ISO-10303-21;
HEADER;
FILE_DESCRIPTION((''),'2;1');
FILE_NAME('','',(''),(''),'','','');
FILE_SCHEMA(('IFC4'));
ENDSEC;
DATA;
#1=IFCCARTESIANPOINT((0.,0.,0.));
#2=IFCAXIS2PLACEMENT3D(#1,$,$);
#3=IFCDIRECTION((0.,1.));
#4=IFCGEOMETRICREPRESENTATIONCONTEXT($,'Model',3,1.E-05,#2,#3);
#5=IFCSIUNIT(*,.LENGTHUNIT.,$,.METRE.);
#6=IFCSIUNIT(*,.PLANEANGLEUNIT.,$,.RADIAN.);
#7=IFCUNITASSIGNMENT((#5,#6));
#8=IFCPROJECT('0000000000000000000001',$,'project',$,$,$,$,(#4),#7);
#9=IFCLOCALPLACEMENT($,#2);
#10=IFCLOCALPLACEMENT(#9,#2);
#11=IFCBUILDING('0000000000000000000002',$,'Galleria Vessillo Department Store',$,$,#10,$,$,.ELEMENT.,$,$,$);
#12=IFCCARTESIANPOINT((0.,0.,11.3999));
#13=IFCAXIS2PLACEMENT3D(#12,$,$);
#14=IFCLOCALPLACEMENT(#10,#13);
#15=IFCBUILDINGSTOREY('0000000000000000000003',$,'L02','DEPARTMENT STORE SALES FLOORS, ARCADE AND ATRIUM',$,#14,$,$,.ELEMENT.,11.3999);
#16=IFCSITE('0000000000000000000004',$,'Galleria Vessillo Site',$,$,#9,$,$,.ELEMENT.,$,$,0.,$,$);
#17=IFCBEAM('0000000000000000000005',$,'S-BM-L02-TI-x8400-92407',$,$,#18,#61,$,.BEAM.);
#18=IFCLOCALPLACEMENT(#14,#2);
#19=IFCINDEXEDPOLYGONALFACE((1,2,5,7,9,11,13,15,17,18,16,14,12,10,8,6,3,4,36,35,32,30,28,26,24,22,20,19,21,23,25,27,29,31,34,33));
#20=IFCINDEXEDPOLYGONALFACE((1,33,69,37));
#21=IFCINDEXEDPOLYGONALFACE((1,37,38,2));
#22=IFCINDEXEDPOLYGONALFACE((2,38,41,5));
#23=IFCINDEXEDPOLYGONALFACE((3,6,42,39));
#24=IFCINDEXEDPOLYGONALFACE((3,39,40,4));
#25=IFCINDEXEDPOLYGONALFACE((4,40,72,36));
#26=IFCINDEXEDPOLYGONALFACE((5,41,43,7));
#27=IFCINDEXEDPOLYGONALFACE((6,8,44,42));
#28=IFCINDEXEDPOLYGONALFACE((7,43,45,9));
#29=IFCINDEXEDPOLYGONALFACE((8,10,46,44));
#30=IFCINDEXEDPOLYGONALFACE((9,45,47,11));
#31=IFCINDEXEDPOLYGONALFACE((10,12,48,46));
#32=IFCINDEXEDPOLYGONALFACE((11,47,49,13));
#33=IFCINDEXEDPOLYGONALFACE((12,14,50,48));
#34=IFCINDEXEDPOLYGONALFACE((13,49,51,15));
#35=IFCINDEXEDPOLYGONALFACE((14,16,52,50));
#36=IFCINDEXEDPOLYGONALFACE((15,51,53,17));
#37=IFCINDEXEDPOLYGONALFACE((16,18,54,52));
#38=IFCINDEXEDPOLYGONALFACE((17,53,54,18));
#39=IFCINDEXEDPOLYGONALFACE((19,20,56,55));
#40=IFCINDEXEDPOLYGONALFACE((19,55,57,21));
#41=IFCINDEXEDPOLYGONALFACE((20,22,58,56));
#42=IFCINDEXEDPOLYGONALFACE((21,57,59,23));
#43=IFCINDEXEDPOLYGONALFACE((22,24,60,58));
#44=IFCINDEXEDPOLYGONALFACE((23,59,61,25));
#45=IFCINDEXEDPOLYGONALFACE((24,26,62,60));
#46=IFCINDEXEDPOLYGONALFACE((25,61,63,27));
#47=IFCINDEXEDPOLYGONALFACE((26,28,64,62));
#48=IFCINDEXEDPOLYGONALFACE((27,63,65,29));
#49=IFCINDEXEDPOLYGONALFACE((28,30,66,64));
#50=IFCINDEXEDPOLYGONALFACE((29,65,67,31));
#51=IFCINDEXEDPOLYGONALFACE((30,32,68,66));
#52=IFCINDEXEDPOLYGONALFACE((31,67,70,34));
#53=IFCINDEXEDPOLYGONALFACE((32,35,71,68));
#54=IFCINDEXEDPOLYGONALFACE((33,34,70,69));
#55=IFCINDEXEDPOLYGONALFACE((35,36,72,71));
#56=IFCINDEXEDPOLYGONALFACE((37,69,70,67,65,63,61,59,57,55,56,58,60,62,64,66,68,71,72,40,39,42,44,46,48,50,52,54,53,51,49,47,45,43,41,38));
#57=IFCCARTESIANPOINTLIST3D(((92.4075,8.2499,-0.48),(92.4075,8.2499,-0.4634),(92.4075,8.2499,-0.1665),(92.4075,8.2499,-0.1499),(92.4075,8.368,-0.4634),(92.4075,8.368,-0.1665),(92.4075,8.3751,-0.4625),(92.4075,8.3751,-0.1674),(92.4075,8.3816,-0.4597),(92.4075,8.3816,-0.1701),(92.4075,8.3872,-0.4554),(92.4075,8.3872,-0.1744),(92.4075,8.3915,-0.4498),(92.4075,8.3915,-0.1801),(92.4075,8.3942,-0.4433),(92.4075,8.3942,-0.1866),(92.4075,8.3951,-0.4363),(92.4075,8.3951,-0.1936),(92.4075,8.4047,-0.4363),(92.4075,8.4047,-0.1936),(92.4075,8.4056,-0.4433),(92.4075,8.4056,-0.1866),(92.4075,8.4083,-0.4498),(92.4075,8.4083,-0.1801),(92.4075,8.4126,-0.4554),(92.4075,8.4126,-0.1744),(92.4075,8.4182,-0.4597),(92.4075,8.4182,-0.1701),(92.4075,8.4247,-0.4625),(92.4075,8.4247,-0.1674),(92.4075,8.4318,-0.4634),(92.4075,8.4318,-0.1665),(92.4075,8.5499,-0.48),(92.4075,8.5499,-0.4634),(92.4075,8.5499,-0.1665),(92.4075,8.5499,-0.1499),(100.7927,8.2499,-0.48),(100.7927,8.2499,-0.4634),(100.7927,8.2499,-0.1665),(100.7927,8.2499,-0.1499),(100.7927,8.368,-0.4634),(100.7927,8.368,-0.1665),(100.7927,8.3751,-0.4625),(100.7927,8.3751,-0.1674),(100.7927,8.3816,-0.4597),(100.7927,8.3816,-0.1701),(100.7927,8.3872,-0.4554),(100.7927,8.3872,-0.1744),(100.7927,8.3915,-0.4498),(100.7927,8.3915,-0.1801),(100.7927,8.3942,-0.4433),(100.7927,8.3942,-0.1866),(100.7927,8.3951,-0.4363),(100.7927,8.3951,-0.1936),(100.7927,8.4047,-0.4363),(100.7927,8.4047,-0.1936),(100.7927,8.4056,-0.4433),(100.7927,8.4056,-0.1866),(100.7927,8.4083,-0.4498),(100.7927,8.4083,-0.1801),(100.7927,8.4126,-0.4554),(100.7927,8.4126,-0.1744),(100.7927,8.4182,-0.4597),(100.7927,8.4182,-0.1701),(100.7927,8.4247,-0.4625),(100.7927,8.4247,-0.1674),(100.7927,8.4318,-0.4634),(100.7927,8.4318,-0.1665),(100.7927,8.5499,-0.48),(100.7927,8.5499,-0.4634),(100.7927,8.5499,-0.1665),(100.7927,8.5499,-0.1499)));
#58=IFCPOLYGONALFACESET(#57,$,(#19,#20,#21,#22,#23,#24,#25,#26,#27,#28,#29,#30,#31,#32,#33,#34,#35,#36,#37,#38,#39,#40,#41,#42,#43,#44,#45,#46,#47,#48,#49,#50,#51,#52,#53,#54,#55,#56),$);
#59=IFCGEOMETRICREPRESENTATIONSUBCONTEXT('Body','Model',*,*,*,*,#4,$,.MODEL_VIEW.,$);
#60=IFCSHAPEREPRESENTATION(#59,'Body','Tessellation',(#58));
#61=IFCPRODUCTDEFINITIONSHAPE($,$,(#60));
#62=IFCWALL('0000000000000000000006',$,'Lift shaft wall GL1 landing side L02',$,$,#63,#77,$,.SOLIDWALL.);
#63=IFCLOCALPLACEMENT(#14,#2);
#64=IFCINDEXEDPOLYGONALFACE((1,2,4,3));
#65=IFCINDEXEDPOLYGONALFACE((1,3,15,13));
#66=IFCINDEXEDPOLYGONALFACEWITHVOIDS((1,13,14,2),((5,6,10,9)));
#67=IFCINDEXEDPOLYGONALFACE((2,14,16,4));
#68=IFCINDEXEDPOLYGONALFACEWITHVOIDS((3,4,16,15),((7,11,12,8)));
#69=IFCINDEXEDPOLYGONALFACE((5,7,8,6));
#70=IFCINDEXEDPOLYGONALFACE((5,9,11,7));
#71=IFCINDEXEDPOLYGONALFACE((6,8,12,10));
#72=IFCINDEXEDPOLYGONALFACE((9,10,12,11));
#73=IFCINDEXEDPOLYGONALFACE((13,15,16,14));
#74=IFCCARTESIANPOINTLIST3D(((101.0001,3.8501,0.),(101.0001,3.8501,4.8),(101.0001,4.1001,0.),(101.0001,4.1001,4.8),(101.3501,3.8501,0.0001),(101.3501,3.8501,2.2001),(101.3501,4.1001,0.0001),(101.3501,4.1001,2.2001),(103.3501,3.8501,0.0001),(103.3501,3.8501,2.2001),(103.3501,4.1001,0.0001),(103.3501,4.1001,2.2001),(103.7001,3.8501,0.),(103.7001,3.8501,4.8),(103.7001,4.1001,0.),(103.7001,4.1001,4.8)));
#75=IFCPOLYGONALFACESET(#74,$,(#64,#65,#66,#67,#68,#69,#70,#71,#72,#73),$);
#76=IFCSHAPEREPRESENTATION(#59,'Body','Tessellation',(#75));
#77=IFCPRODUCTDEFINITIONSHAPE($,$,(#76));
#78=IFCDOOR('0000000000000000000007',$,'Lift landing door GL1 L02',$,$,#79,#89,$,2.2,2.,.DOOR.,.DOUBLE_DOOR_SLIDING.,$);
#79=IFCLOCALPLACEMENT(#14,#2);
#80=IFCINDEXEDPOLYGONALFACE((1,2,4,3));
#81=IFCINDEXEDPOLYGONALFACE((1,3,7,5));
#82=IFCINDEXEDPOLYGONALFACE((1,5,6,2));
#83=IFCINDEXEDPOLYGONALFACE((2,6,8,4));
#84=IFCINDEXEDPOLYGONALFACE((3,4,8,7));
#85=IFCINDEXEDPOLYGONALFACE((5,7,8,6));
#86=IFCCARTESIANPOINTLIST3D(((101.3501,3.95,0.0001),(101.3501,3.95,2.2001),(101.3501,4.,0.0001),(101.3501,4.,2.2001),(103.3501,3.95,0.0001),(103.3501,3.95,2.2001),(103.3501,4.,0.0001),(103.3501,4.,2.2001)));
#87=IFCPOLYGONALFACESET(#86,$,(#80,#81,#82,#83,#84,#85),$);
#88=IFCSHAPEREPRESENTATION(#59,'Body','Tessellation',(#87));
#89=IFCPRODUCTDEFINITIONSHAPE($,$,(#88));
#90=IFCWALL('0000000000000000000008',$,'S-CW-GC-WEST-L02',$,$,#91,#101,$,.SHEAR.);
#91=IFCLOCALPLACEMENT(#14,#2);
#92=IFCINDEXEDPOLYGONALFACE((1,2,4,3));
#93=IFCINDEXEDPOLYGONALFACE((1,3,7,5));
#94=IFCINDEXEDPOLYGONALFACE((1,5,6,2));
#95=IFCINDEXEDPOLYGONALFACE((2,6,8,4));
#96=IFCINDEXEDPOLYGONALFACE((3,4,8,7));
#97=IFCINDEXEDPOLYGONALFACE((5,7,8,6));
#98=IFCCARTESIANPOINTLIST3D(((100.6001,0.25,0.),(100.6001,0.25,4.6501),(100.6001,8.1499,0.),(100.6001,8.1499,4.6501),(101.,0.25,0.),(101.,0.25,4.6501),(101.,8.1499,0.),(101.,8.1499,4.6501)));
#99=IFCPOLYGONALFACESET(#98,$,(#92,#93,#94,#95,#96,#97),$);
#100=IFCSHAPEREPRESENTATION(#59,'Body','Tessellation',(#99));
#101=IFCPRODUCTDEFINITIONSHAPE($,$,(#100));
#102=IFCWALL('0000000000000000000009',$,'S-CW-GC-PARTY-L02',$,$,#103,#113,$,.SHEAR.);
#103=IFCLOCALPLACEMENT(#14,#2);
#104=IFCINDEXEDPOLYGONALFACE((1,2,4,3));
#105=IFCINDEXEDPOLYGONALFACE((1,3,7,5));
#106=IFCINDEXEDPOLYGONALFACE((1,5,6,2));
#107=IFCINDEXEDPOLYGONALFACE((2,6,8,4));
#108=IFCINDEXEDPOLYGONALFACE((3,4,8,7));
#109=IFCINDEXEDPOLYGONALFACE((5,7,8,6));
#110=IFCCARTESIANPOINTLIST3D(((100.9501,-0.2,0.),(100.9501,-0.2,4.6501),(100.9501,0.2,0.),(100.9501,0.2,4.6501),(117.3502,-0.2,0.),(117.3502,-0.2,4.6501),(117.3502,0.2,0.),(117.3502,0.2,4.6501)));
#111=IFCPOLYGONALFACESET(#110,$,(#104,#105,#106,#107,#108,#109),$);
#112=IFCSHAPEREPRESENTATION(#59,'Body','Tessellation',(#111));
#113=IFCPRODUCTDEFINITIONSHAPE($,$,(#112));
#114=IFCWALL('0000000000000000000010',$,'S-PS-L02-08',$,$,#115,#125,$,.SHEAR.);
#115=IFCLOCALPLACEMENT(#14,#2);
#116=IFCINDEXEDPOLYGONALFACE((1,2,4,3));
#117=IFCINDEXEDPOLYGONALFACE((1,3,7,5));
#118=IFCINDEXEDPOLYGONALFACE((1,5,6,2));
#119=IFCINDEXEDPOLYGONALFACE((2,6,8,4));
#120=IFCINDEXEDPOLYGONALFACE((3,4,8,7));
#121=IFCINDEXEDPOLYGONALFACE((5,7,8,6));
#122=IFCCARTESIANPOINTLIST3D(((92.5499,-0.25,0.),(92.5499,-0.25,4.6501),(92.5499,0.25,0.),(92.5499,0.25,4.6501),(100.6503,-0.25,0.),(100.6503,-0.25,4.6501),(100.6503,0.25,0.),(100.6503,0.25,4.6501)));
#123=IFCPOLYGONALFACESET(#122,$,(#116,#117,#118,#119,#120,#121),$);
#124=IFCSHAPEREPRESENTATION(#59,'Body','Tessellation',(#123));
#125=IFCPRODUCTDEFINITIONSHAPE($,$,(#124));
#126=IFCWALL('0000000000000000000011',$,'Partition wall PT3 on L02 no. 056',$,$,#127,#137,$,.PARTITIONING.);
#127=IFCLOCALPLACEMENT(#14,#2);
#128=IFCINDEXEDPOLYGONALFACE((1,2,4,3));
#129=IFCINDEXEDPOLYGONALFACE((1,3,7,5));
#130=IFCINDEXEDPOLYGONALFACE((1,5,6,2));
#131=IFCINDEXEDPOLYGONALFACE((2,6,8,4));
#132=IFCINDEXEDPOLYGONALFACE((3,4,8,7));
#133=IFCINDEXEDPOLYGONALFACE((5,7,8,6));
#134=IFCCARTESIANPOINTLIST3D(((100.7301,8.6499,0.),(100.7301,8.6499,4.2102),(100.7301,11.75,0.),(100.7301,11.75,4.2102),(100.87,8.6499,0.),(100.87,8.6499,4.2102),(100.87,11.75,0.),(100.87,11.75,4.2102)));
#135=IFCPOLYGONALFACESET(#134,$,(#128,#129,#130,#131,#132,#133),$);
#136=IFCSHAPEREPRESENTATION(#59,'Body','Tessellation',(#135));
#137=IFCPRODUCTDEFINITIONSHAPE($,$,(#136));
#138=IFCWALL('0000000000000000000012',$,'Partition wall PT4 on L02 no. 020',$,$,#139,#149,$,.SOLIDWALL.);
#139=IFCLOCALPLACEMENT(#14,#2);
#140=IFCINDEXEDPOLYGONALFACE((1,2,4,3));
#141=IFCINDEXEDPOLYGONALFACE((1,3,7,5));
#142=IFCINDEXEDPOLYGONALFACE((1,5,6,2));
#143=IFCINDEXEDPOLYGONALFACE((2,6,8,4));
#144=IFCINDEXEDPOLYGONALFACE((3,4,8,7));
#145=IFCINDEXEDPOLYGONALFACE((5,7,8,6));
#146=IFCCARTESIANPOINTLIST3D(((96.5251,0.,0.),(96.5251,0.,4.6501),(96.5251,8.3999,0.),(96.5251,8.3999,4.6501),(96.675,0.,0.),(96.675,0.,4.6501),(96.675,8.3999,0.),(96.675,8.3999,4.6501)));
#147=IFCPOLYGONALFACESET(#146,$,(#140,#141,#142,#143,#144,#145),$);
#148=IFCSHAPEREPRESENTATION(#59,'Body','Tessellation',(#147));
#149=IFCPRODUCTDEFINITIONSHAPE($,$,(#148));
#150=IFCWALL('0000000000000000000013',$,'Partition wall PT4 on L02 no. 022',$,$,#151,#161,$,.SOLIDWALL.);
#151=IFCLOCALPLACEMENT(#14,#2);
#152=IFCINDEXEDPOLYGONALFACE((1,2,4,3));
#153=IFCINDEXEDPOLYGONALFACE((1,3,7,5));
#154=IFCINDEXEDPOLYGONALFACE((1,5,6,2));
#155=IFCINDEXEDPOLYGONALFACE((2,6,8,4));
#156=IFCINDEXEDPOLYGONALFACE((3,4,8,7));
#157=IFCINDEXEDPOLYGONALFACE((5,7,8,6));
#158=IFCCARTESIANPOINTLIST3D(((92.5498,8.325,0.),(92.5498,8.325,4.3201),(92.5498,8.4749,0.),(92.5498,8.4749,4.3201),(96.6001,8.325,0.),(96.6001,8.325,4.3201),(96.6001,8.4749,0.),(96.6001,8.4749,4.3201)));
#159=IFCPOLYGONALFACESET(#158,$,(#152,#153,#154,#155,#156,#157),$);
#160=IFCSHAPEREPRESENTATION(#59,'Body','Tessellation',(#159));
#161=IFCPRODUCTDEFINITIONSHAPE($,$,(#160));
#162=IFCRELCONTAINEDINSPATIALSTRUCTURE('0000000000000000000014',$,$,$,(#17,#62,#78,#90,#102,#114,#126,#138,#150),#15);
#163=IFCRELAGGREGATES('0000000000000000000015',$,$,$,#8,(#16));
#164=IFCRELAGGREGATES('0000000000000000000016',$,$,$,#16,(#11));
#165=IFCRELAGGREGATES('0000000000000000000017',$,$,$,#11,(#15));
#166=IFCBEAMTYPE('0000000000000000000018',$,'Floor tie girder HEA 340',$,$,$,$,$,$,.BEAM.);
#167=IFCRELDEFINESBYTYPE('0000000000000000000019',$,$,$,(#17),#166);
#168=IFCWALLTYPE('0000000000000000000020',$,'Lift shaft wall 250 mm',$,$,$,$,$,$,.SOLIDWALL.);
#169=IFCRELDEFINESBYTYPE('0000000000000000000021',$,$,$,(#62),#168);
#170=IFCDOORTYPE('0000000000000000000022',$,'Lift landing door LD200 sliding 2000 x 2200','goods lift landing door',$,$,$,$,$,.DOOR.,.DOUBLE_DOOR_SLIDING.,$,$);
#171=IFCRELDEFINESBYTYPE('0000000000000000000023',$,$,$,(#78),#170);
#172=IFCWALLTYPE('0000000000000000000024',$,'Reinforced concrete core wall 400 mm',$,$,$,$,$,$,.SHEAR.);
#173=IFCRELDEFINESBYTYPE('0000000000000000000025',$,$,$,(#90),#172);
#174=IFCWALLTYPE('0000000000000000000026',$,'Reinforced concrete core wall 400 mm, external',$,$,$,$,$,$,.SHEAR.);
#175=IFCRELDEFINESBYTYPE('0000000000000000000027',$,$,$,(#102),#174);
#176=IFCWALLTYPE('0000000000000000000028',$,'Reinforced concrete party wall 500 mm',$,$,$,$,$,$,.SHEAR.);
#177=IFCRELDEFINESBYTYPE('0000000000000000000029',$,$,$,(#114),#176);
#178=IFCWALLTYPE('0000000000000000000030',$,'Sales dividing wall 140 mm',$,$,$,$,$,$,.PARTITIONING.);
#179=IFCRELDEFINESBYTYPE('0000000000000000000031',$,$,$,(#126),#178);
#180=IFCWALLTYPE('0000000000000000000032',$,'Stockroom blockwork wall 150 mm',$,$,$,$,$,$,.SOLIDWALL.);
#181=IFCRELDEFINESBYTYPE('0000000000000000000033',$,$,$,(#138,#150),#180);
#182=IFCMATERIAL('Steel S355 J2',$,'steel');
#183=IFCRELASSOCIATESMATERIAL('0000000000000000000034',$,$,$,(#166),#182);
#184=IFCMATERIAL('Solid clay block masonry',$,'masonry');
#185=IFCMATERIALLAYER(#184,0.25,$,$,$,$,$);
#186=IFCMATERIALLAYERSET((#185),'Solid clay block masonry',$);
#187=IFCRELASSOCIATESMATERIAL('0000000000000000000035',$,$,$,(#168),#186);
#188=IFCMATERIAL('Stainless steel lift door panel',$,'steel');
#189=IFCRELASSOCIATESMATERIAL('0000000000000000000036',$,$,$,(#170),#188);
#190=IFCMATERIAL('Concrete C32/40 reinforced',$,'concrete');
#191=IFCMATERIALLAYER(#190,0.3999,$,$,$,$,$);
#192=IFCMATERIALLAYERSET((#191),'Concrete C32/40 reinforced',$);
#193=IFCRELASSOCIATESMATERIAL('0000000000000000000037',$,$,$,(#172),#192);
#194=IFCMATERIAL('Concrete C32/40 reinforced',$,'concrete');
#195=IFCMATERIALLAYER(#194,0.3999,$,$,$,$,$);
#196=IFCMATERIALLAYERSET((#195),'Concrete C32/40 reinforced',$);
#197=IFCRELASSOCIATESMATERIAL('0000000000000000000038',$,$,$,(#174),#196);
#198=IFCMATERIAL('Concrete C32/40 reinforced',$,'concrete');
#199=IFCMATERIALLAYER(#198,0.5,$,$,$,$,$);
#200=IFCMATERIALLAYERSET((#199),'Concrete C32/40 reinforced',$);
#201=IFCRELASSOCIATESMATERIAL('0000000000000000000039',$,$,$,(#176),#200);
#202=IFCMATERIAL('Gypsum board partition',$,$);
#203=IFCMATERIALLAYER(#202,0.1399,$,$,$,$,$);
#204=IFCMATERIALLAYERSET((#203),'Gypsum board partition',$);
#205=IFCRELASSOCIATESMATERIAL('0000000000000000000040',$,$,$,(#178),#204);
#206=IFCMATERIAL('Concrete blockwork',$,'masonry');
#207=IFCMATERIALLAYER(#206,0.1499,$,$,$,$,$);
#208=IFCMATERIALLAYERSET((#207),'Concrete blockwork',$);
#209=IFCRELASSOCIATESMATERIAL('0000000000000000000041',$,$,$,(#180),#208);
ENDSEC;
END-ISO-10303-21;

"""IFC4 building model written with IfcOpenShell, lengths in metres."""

from ifc_helpers import new_model, si_unit, direction, frame, frame_2d, origin, origin_2d, place, context, subcontext, project, spatial, rectangle, i_section, extrude, material, layer, layer_set, material_profile, profile_set, type_object, element, fill, save


model = new_model("IFC4")

# Units and contexts
model_context = context("Model", 3, precision=1e-05, world=origin(), true_north=direction((0.0, 1.0)))
body_context = subcontext(model_context, "Body", "Model", "MODEL_VIEW")
ifc_project = project(units=[si_unit("LENGTHUNIT", "METRE"), si_unit("PLANEANGLEUNIT", "RADIAN")], contexts=[model_context])

# Site, building, storey
site_placement = place(None, origin())
site = spatial("IfcSite", under=ifc_project, at=site_placement, Name="Galleria Vessillo Site", CompositionType="ELEMENT", RefElevation=0.0)
building_placement = place(site_placement, origin())
building = spatial("IfcBuilding", under=site, at=building_placement, Name="Galleria Vessillo Department Store", CompositionType="ELEMENT")
storey_placement = place(building_placement, frame((0.0, 0.0, 11.3999)))
storey = spatial("IfcBuildingStorey", under=building, at=storey_placement, Name="L02", Description="DEPARTMENT STORE SALES FLOORS, ARCADE AND ATRIUM", CompositionType="ELEMENT", Elevation=11.3999)

# Beam
ifc_material_1 = material(Name="Steel S355 J2", Category="steel")
ifc_material_profile_1 = material_profile(ifc_material_1, i_section(OverallWidth=0.3, OverallDepth=0.3301, WebThickness=0.0095, FlangeThickness=0.0166, FilletRadius=0.0271, at=origin_2d()), Name="HEA 340")
ifc_profile_set_1 = profile_set([ifc_material_profile_1], Name="Steel S355 J2")
beam_type_1 = type_object("IfcBeamType", Name="Floor tie girder HEA 340", PredefinedType="BEAM", material=ifc_profile_set_1)
beam_placement = place(storey_placement, frame((92.4075, 8.3999, -0.3149), z_axis=(1.0, 0.0, 0.0), x_axis=(0.0, 1.0, 0.0)))
element("IfcBeam", 1, at=beam_placement, inside=storey, type_object=beam_type_1, Name="S-BM-L02-TI-x8400-92407", PredefinedType="BEAM", context=body_context, shape_type="SweptSolid", body=[
    extrude(i_section(OverallWidth=0.3, OverallDepth=0.3301, WebThickness=0.0095, FlangeThickness=0.0166, FilletRadius=0.0271, at=origin_2d()), origin(), (0.0, 0.0, 1.0), 8.3853),
])

# Wall, opening, door
ifc_material_2 = material(Name="Solid clay block masonry", Category="masonry")
ifc_layer_1 = layer(ifc_material_2, 0.25)
ifc_layer_set_1 = layer_set([ifc_layer_1], Name="Solid clay block masonry")
wall_type_1 = type_object("IfcWallType", Name="Lift shaft wall 250 mm", PredefinedType="SOLIDWALL", material=ifc_layer_set_1)
wall_1_placement = place(storey_placement, frame((101.0, 3.9751, 0.0), z_axis=(0.0, 0.0, 1.0), x_axis=(1.0, 0.0, 0.0)))
wall_1 = element("IfcWall", 2, at=wall_1_placement, inside=storey, type_object=wall_type_1, Name="Lift shaft wall GL1 landing side L02", PredefinedType="SOLIDWALL", context=body_context, shape_type="SweptSolid", body=[
    extrude(rectangle(XDim=2.7, YDim=0.25, at=frame_2d((1.3501, 0.0))), origin(), (0.0, 0.0, 1.0), 4.8),
])
opening_1_placement = place(wall_1_placement, frame((0.3501, 0.0, 0.0)))
opening_1 = element("IfcOpeningElement", 3, at=opening_1_placement, cuts=wall_1, PredefinedType="OPENING", context=body_context, shape_type="SweptSolid", body=[
    extrude(rectangle(XDim=2.0, YDim=2.2, at=frame_2d((1.0, 1.1001))), frame((0.0, 0.135, 0.0), z_axis=(0.0, -1.0, 0.0), x_axis=(1.0, 0.0, 0.0)), (0.0, 0.0, 1.0), 0.27),
])
ifc_material_3 = material(Name="Stainless steel lift door panel", Category="steel")
door_type_1 = type_object("IfcDoorType", Name="Lift landing door LD200 sliding 2000 x 2200", Description="goods lift landing door", OperationType="DOUBLE_DOOR_SLIDING", PredefinedType="DOOR", material=ifc_material_3)
door_1_placement = place(opening_1_placement, origin())
door_1 = element("IfcDoor", 4, at=door_1_placement, inside=storey, type_object=door_type_1, Name="Lift landing door GL1 L02", OperationType="DOUBLE_DOOR_SLIDING", OverallHeight=2.2, OverallWidth=2.0, PredefinedType="DOOR", context=body_context, shape_type="SweptSolid", body=[
    extrude(rectangle(XDim=2.0, YDim=2.2, at=frame_2d((1.0, 1.1001))), frame((0.0, 0.0249, 0.0), z_axis=(0.0, -1.0, 0.0), x_axis=(1.0, 0.0, 0.0)), (0.0, 0.0, 1.0), 0.05),
])
fill(opening_1, door_1)

# Shared definitions
ifc_material_4 = material(Name="Concrete C32/40 reinforced", Category="concrete")
ifc_layer_2 = layer(ifc_material_4, 0.3999)
ifc_layer_set_2 = layer_set([ifc_layer_2], Name="Concrete C32/40 reinforced")
wall_type_2 = type_object("IfcWallType", Name="Reinforced concrete core wall 400 mm", PredefinedType="SHEAR", material=ifc_layer_set_2)

# Walls
wall_2_placement = place(storey_placement, frame((100.8, 0.25, 0.0), z_axis=(0.0, 0.0, 1.0), x_axis=(0.0, 1.0, 0.0)))
element("IfcWall", 5, at=wall_2_placement, inside=storey, type_object=wall_type_2, Name="S-CW-GC-WEST-L02", PredefinedType="SHEAR", context=body_context, shape_type="SweptSolid", body=[
    extrude(rectangle(XDim=7.8999, YDim=0.3999, at=frame_2d((3.95, 0.0))), origin(), (0.0, 0.0, 1.0), 4.6501),
])
ifc_material_5 = material(Name="Concrete C32/40 reinforced", Category="concrete")
ifc_layer_3 = layer(ifc_material_5, 0.3999)
ifc_layer_set_3 = layer_set([ifc_layer_3], Name="Concrete C32/40 reinforced")
wall_type_3 = type_object("IfcWallType", Name="Reinforced concrete core wall 400 mm, external", PredefinedType="SHEAR", material=ifc_layer_set_3)
wall_3_placement = place(storey_placement, frame((100.95, 0.0, 0.0), z_axis=(0.0, 0.0, 1.0), x_axis=(1.0, 0.0, 0.0)))
element("IfcWall", 6, at=wall_3_placement, inside=storey, type_object=wall_type_3, Name="S-CW-GC-PARTY-L02", PredefinedType="SHEAR", context=body_context, shape_type="SweptSolid", body=[
    extrude(rectangle(XDim=16.4001, YDim=0.3999, at=frame_2d((8.2002, 0.0))), origin(), (0.0, 0.0, 1.0), 4.6501),
])
ifc_material_6 = material(Name="Concrete C32/40 reinforced", Category="concrete")
ifc_layer_4 = layer(ifc_material_6, 0.5)
ifc_layer_set_4 = layer_set([ifc_layer_4], Name="Concrete C32/40 reinforced")
wall_type_4 = type_object("IfcWallType", Name="Reinforced concrete party wall 500 mm", PredefinedType="SHEAR", material=ifc_layer_set_4)
wall_4_placement = place(storey_placement, frame((92.5498, 0.0, 0.0), z_axis=(0.0, 0.0, 1.0), x_axis=(1.0, 0.0, 0.0)))
element("IfcWall", 7, at=wall_4_placement, inside=storey, type_object=wall_type_4, Name="S-PS-L02-08", PredefinedType="SHEAR", context=body_context, shape_type="SweptSolid", body=[
    extrude(rectangle(XDim=8.1003, YDim=0.5, at=frame_2d((4.0503, 0.0))), origin(), (0.0, 0.0, 1.0), 4.6501),
])
ifc_material_7 = material(Name="Gypsum board partition")
ifc_layer_5 = layer(ifc_material_7, 0.1399)
ifc_layer_set_5 = layer_set([ifc_layer_5], Name="Gypsum board partition")
wall_type_5 = type_object("IfcWallType", Name="Sales dividing wall 140 mm", PredefinedType="PARTITIONING", material=ifc_layer_set_5)
wall_5_placement = place(storey_placement, frame((100.8, 8.6499, 0.0), z_axis=(0.0, 0.0, 1.0), x_axis=(0.0, 1.0, 0.0)))
element("IfcWall", 8, at=wall_5_placement, inside=storey, type_object=wall_type_5, Name="Partition wall PT3 on L02 no. 056", PredefinedType="PARTITIONING", context=body_context, shape_type="SweptSolid", body=[
    extrude(rectangle(XDim=3.1001, YDim=0.1399, at=frame_2d((1.55, 0.0))), origin(), (0.0, 0.0, 1.0), 4.2102),
])
ifc_material_8 = material(Name="Concrete blockwork", Category="masonry")
ifc_layer_6 = layer(ifc_material_8, 0.1499)
ifc_layer_set_6 = layer_set([ifc_layer_6], Name="Concrete blockwork")
wall_type_6 = type_object("IfcWallType", Name="Stockroom blockwork wall 150 mm", PredefinedType="SOLIDWALL", material=ifc_layer_set_6)
wall_6_placement = place(storey_placement, frame((96.6001, 0.0, 0.0), z_axis=(0.0, 0.0, 1.0), x_axis=(0.0, 1.0, 0.0)))
element("IfcWall", 9, at=wall_6_placement, inside=storey, type_object=wall_type_6, Name="Partition wall PT4 on L02 no. 020", PredefinedType="SOLIDWALL", context=body_context, shape_type="SweptSolid", body=[
    extrude(rectangle(XDim=8.3999, YDim=0.1499, at=frame_2d((4.2, 0.0))), origin(), (0.0, 0.0, 1.0), 4.6501),
])
wall_7_placement = place(storey_placement, frame((92.5498, 8.3999, 0.0), z_axis=(0.0, 0.0, 1.0), x_axis=(1.0, 0.0, 0.0)))
element("IfcWall", 10, at=wall_7_placement, inside=storey, type_object=wall_type_6, Name="Partition wall PT4 on L02 no. 022", PredefinedType="SOLIDWALL", context=body_context, shape_type="SweptSolid", body=[
    extrude(rectangle(XDim=4.0503, YDim=0.1499, at=frame_2d((2.0251, 0.0))), origin(), (0.0, 0.0, 1.0), 4.3201),
])

save(model, "model.ifc")
